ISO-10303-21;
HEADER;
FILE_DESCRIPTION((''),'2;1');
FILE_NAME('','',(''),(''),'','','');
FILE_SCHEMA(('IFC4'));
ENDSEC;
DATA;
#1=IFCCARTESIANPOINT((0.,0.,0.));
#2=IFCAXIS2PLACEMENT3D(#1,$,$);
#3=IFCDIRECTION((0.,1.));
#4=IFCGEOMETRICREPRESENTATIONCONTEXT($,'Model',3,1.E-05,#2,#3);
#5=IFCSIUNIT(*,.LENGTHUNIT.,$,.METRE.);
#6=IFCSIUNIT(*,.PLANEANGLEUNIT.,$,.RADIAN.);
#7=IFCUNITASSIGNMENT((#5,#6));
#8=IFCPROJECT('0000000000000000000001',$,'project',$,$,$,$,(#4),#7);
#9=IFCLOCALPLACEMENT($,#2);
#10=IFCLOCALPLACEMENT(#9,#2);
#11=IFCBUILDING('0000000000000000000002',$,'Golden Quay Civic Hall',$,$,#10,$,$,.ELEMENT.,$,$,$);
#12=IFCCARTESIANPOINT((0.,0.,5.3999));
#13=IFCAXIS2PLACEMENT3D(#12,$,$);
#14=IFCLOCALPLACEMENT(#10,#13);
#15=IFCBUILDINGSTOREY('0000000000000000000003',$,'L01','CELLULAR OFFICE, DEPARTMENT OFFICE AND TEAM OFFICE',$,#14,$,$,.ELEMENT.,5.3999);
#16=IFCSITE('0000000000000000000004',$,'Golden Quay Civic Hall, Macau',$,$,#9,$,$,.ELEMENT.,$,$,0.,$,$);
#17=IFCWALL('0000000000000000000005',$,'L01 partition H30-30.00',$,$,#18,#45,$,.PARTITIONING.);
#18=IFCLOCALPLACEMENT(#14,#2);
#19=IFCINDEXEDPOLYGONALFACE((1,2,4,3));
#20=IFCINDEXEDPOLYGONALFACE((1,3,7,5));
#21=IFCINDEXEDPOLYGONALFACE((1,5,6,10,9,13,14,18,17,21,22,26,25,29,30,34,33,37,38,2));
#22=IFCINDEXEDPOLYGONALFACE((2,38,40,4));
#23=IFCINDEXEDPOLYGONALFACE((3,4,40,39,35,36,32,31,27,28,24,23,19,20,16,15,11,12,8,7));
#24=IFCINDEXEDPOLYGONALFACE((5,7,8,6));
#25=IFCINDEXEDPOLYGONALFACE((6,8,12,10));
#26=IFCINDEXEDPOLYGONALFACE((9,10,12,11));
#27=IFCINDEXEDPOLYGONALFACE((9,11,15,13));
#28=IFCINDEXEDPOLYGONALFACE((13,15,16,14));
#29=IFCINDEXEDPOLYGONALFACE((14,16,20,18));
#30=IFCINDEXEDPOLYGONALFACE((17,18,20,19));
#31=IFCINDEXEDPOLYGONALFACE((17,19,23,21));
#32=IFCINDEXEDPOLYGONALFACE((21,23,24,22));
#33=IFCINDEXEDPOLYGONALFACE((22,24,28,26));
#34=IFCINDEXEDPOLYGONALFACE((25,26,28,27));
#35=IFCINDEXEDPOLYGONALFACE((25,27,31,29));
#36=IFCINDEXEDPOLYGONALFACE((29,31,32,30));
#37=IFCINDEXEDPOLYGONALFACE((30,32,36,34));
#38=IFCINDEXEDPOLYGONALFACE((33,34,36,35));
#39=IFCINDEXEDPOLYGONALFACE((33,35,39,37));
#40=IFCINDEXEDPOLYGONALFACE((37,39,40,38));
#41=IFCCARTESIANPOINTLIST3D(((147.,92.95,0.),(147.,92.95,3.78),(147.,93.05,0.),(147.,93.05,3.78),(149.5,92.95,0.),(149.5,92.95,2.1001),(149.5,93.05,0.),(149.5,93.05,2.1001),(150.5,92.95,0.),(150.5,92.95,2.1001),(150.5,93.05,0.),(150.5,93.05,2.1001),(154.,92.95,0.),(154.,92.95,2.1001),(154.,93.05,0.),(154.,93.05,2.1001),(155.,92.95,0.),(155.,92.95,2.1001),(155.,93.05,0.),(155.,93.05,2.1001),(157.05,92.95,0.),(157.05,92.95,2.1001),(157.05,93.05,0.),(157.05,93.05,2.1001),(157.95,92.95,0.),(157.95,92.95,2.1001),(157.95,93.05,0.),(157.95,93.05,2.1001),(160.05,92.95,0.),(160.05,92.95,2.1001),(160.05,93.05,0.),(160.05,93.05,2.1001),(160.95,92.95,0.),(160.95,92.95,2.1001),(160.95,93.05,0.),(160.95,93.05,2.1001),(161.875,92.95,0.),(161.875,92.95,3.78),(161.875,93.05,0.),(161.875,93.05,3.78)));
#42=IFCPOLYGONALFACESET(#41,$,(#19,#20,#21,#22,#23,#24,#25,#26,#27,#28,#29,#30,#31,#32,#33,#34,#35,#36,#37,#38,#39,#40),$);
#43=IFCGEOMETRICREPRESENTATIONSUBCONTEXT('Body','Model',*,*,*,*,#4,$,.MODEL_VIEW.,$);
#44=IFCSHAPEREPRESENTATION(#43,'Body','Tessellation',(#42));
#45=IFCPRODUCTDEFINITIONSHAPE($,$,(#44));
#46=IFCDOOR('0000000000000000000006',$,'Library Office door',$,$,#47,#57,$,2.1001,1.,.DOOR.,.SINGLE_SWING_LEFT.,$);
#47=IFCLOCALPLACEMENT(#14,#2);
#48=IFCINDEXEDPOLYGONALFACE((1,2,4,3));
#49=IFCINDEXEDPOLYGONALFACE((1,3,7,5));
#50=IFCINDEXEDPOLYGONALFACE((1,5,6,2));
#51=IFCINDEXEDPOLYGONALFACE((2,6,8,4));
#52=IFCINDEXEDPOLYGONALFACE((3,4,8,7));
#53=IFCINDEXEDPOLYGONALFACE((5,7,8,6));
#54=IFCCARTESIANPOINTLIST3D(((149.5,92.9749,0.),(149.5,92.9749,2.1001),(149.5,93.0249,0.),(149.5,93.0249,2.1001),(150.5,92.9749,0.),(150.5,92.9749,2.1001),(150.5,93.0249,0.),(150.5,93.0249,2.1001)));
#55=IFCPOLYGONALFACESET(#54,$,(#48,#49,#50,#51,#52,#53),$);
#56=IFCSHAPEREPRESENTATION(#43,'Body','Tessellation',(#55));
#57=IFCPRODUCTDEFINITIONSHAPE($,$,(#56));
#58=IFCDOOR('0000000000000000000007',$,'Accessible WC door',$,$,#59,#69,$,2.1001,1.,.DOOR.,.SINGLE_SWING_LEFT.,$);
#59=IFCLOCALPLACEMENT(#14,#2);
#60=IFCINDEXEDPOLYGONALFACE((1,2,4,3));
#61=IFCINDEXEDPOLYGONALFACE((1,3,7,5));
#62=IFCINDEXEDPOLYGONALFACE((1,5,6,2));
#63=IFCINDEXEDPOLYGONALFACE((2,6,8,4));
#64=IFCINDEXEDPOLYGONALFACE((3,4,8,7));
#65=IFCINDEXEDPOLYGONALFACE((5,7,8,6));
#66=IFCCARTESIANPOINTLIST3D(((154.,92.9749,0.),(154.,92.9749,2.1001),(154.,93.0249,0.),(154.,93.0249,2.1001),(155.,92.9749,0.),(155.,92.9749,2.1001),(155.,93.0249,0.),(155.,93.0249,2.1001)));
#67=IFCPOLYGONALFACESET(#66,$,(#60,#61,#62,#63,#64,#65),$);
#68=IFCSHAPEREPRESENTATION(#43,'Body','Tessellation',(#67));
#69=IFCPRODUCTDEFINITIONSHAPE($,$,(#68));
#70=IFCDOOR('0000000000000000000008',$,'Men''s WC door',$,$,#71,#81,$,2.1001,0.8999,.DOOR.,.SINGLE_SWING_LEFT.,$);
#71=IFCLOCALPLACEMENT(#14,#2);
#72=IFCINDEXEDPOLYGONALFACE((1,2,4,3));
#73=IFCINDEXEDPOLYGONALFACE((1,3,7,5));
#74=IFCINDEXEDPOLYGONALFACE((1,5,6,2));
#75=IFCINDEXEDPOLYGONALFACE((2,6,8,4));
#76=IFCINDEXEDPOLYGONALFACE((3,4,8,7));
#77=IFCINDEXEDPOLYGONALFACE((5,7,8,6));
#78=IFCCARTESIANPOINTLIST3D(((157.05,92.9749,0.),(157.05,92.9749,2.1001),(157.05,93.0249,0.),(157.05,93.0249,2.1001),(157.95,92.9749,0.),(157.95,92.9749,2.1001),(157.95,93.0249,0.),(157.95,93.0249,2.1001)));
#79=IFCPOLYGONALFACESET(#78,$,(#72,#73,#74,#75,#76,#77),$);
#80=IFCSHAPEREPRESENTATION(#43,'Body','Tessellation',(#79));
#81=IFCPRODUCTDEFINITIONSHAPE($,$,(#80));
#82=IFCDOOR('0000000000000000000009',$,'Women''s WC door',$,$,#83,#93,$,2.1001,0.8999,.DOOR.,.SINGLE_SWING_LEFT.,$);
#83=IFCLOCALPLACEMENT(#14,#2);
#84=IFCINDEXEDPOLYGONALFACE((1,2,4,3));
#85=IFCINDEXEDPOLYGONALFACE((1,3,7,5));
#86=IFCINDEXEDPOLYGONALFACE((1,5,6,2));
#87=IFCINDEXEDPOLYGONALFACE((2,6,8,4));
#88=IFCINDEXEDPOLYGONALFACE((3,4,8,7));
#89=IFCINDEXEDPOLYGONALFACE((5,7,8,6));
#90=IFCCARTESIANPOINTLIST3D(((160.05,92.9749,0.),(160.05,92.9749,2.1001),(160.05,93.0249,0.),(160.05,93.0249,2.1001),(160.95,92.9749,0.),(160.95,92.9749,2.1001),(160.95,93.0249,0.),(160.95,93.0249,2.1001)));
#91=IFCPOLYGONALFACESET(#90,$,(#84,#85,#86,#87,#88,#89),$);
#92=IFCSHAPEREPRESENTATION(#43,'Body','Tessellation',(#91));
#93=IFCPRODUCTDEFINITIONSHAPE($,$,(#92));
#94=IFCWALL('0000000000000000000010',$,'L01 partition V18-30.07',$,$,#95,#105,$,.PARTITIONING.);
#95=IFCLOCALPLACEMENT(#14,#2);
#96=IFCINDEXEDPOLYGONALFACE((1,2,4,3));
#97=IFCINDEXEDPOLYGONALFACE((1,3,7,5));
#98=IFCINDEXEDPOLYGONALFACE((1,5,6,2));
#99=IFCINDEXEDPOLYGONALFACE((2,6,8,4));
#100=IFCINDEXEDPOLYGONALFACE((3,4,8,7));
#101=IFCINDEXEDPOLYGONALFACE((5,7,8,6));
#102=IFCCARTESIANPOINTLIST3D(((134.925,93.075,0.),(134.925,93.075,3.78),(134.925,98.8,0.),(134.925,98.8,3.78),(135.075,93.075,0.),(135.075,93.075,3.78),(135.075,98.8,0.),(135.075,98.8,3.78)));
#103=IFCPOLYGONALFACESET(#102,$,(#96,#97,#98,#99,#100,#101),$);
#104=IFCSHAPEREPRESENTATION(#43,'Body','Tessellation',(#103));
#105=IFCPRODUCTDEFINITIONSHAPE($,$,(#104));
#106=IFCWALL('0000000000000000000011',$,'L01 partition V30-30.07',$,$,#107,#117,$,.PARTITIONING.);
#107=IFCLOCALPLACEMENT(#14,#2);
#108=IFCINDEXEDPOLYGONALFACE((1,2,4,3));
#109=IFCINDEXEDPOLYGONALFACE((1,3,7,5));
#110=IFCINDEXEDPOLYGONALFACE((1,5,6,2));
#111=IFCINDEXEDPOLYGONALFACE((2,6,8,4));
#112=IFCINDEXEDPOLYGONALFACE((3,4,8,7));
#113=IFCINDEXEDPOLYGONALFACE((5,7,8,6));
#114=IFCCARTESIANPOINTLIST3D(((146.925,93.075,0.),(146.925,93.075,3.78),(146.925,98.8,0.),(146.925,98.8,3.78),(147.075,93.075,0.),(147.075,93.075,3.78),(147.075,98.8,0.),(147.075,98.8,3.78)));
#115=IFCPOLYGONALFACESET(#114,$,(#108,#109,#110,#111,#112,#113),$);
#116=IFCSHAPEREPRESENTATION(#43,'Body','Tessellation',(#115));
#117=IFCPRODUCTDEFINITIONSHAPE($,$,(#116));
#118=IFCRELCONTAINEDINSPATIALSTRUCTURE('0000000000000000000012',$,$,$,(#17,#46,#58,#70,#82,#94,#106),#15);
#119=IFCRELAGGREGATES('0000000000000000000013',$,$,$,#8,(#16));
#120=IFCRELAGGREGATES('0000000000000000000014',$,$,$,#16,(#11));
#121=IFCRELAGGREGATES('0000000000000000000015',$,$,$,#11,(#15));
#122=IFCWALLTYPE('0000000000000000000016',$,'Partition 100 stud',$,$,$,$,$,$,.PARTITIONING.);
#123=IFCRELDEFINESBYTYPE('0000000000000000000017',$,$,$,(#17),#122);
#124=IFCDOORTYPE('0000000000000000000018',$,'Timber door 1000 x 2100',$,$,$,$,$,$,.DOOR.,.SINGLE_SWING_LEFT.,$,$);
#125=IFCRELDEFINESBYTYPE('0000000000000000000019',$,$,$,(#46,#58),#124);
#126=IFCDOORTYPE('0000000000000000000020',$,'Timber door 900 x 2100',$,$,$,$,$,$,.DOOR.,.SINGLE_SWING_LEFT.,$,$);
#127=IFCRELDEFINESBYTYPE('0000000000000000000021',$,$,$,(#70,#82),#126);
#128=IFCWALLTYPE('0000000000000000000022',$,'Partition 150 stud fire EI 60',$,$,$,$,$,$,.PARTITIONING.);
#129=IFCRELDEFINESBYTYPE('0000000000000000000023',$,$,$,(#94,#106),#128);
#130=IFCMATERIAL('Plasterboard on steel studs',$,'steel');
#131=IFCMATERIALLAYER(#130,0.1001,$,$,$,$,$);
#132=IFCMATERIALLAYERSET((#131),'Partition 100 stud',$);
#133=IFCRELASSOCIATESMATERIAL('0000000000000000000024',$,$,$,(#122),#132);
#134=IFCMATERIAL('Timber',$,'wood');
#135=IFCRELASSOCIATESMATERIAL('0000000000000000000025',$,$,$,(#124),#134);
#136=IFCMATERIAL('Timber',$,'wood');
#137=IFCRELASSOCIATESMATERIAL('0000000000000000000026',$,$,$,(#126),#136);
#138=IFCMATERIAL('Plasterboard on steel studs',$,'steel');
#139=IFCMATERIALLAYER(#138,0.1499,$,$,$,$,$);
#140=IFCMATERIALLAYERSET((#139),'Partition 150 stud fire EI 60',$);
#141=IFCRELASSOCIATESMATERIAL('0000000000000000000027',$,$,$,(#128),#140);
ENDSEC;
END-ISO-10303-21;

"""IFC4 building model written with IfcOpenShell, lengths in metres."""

from ifc_helpers import new_model, si_unit, direction, frame, frame_2d, origin, place, context, subcontext, project, spatial, rectangle, extrude, material, layer, layer_set, type_object, element, fill, save


model = new_model("IFC4")

# Units and contexts
model_context = context("Model", 3, precision=1e-05, world=origin(), true_north=direction((0.0, 1.0)))
body_context = subcontext(model_context, "Body", "Model", "MODEL_VIEW")
ifc_project = project(units=[si_unit("LENGTHUNIT", "METRE"), si_unit("PLANEANGLEUNIT", "RADIAN")], contexts=[model_context])

# Site, building, storey
site_placement = place(None, origin())
site = spatial("IfcSite", under=ifc_project, at=site_placement, Name="Golden Quay Civic Hall, Macau", CompositionType="ELEMENT", RefElevation=0.0)
building_placement = place(site_placement, origin())
building = spatial("IfcBuilding", under=site, at=building_placement, Name="Golden Quay Civic Hall", CompositionType="ELEMENT")
storey_placement = place(building_placement, frame((0.0, 0.0, 5.3999)))
storey = spatial("IfcBuildingStorey", under=building, at=storey_placement, Name="L01", Description="CELLULAR OFFICE, DEPARTMENT OFFICE AND TEAM OFFICE", CompositionType="ELEMENT", Elevation=5.3999)

# Wall, openings, doors
ifc_material_1 = material(Name="Plasterboard on steel studs", Category="steel")
ifc_layer_1 = layer(ifc_material_1, 0.1001)
ifc_layer_set_1 = layer_set([ifc_layer_1], Name="Partition 100 stud")
wall_type_1 = type_object("IfcWallType", Name="Partition 100 stud", PredefinedType="PARTITIONING", material=ifc_layer_set_1)
wall_1_placement = place(storey_placement, frame((147.0, 93.0, 0.0), z_axis=(0.0, 0.0, 1.0), x_axis=(1.0, 0.0, 0.0)))
wall_1 = element("IfcWall", 1, at=wall_1_placement, inside=storey, type_object=wall_type_1, Name="L01 partition H30-30.00", PredefinedType="PARTITIONING", context=body_context, shape_type="SweptSolid", body=[
    extrude(rectangle(XDim=14.875, YDim=0.1001, at=frame_2d((7.4375, 0.0))), origin(), (0.0, 0.0, 1.0), 3.78),
])
opening_1_placement = place(wall_1_placement, frame((2.5, 0.0, 0.0)))
opening_1 = element("IfcOpeningElement", 2, at=opening_1_placement, cuts=wall_1, PredefinedType="OPENING", context=body_context, shape_type="SweptSolid", body=[
    extrude(rectangle(XDim=1.0, YDim=2.1001, at=frame_2d((0.5, 1.05))), frame((0.0, 0.0601, 0.0), z_axis=(0.0, -1.0, 0.0), x_axis=(1.0, 0.0, 0.0)), (0.0, 0.0, 1.0), 0.1201),
])
opening_2_placement = place(wall_1_placement, frame((7.0, 0.0, 0.0)))
opening_2 = element("IfcOpeningElement", 3, at=opening_2_placement, cuts=wall_1, PredefinedType="OPENING", context=body_context, shape_type="SweptSolid", body=[
    extrude(rectangle(XDim=1.0, YDim=2.1001, at=frame_2d((0.5, 1.05))), frame((0.0, 0.0601, 0.0), z_axis=(0.0, -1.0, 0.0), x_axis=(1.0, 0.0, 0.0)), (0.0, 0.0, 1.0), 0.1201),
])
opening_3_placement = place(wall_1_placement, frame((10.05, 0.0, 0.0)))
opening_3 = element("IfcOpeningElement", 4, at=opening_3_placement, cuts=wall_1, PredefinedType="OPENING", context=body_context, shape_type="SweptSolid", body=[
    extrude(rectangle(XDim=0.8999, YDim=2.1001, at=frame_2d((0.45, 1.05))), frame((0.0, 0.0601, 0.0), z_axis=(0.0, -1.0, 0.0), x_axis=(1.0, 0.0, 0.0)), (0.0, 0.0, 1.0), 0.1201),
])
opening_4_placement = place(wall_1_placement, frame((13.05, 0.0, 0.0)))
opening_4 = element("IfcOpeningElement", 5, at=opening_4_placement, cuts=wall_1, PredefinedType="OPENING", context=body_context, shape_type="SweptSolid", body=[
    extrude(rectangle(XDim=0.8999, YDim=2.1001, at=frame_2d((0.45, 1.05))), frame((0.0, 0.0601, 0.0), z_axis=(0.0, -1.0, 0.0), x_axis=(1.0, 0.0, 0.0)), (0.0, 0.0, 1.0), 0.1201),
])
ifc_material_2 = material(Name="Timber", Category="wood")
door_type_1 = type_object("IfcDoorType", Name="Timber door 1000 x 2100", OperationType="SINGLE_SWING_LEFT", PredefinedType="DOOR", material=ifc_material_2)
door_1_placement = place(opening_1_placement, origin())
door_1 = element("IfcDoor", 6, at=door_1_placement, inside=storey, type_object=door_type_1, Name="Library Office door", OperationType="SINGLE_SWING_LEFT", OverallHeight=2.1001, OverallWidth=1.0, PredefinedType="DOOR", context=body_context, shape_type="SweptSolid", body=[
    extrude(rectangle(XDim=1.0, YDim=2.1001, at=frame_2d((0.5, 1.05))), frame((0.0, 0.0249, 0.0), z_axis=(0.0, -1.0, 0.0), x_axis=(1.0, 0.0, 0.0)), (0.0, 0.0, 1.0), 0.05),
])
fill(opening_1, door_1)
door_2_placement = place(opening_2_placement, origin())
door_2 = element("IfcDoor", 7, at=door_2_placement, inside=storey, type_object=door_type_1, Name="Accessible WC door", OperationType="SINGLE_SWING_LEFT", OverallHeight=2.1001, OverallWidth=1.0, PredefinedType="DOOR", context=body_context, shape_type="SweptSolid", body=[
    extrude(rectangle(XDim=1.0, YDim=2.1001, at=frame_2d((0.5, 1.05))), frame((0.0, 0.0249, 0.0), z_axis=(0.0, -1.0, 0.0), x_axis=(1.0, 0.0, 0.0)), (0.0, 0.0, 1.0), 0.05),
])
fill(opening_2, door_2)
ifc_material_3 = material(Name="Timber", Category="wood")
door_type_2 = type_object("IfcDoorType", Name="Timber door 900 x 2100", OperationType="SINGLE_SWING_LEFT", PredefinedType="DOOR", material=ifc_material_3)
door_3_placement = place(opening_3_placement, origin())
door_3 = element("IfcDoor", 8, at=door_3_placement, inside=storey, type_object=door_type_2, Name="Men's WC door", OperationType="SINGLE_SWING_LEFT", OverallHeight=2.1001, OverallWidth=0.8999, PredefinedType="DOOR", context=body_context, shape_type="SweptSolid", body=[
    extrude(rectangle(XDim=0.8999, YDim=2.1001, at=frame_2d((0.45, 1.05))), frame((0.0, 0.0249, 0.0), z_axis=(0.0, -1.0, 0.0), x_axis=(1.0, 0.0, 0.0)), (0.0, 0.0, 1.0), 0.05),
])
fill(opening_3, door_3)
door_4_placement = place(opening_4_placement, origin())
door_4 = element("IfcDoor", 9, at=door_4_placement, inside=storey, type_object=door_type_2, Name="Women's WC door", OperationType="SINGLE_SWING_LEFT", OverallHeight=2.1001, OverallWidth=0.8999, PredefinedType="DOOR", context=body_context, shape_type="SweptSolid", body=[
    extrude(rectangle(XDim=0.8999, YDim=2.1001, at=frame_2d((0.45, 1.05))), frame((0.0, 0.0249, 0.0), z_axis=(0.0, -1.0, 0.0), x_axis=(1.0, 0.0, 0.0)), (0.0, 0.0, 1.0), 0.05),
])
fill(opening_4, door_4)

# Walls
ifc_material_4 = material(Name="Plasterboard on steel studs", Category="steel")
ifc_layer_2 = layer(ifc_material_4, 0.1499)
ifc_layer_set_2 = layer_set([ifc_layer_2], Name="Partition 150 stud fire EI 60")
wall_type_2 = type_object("IfcWallType", Name="Partition 150 stud fire EI 60", PredefinedType="PARTITIONING", material=ifc_layer_set_2)
for number, where, z_axis, x_axis, name in (
    (10, (135.0, 93.075, 0.0), (0.0, 0.0, 1.0), (0.0, 1.0, 0.0), "L01 partition V18-30.07"),
    (11, (147.0, 93.075, 0.0), (0.0, 0.0, 1.0), (0.0, 1.0, 0.0), "L01 partition V30-30.07"),
):
    element("IfcWall", number, at=place(storey_placement, frame(where, z_axis=z_axis, x_axis=x_axis)), inside=storey, type_object=wall_type_2, Name=name, PredefinedType="PARTITIONING", context=body_context, shape_type="SweptSolid", body=[
        extrude(rectangle(XDim=5.7251, YDim=0.1499, at=frame_2d((2.8625, 0.0))), origin(), (0.0, 0.0, 1.0), 3.78),
    ])

save(model, "model.ifc")
